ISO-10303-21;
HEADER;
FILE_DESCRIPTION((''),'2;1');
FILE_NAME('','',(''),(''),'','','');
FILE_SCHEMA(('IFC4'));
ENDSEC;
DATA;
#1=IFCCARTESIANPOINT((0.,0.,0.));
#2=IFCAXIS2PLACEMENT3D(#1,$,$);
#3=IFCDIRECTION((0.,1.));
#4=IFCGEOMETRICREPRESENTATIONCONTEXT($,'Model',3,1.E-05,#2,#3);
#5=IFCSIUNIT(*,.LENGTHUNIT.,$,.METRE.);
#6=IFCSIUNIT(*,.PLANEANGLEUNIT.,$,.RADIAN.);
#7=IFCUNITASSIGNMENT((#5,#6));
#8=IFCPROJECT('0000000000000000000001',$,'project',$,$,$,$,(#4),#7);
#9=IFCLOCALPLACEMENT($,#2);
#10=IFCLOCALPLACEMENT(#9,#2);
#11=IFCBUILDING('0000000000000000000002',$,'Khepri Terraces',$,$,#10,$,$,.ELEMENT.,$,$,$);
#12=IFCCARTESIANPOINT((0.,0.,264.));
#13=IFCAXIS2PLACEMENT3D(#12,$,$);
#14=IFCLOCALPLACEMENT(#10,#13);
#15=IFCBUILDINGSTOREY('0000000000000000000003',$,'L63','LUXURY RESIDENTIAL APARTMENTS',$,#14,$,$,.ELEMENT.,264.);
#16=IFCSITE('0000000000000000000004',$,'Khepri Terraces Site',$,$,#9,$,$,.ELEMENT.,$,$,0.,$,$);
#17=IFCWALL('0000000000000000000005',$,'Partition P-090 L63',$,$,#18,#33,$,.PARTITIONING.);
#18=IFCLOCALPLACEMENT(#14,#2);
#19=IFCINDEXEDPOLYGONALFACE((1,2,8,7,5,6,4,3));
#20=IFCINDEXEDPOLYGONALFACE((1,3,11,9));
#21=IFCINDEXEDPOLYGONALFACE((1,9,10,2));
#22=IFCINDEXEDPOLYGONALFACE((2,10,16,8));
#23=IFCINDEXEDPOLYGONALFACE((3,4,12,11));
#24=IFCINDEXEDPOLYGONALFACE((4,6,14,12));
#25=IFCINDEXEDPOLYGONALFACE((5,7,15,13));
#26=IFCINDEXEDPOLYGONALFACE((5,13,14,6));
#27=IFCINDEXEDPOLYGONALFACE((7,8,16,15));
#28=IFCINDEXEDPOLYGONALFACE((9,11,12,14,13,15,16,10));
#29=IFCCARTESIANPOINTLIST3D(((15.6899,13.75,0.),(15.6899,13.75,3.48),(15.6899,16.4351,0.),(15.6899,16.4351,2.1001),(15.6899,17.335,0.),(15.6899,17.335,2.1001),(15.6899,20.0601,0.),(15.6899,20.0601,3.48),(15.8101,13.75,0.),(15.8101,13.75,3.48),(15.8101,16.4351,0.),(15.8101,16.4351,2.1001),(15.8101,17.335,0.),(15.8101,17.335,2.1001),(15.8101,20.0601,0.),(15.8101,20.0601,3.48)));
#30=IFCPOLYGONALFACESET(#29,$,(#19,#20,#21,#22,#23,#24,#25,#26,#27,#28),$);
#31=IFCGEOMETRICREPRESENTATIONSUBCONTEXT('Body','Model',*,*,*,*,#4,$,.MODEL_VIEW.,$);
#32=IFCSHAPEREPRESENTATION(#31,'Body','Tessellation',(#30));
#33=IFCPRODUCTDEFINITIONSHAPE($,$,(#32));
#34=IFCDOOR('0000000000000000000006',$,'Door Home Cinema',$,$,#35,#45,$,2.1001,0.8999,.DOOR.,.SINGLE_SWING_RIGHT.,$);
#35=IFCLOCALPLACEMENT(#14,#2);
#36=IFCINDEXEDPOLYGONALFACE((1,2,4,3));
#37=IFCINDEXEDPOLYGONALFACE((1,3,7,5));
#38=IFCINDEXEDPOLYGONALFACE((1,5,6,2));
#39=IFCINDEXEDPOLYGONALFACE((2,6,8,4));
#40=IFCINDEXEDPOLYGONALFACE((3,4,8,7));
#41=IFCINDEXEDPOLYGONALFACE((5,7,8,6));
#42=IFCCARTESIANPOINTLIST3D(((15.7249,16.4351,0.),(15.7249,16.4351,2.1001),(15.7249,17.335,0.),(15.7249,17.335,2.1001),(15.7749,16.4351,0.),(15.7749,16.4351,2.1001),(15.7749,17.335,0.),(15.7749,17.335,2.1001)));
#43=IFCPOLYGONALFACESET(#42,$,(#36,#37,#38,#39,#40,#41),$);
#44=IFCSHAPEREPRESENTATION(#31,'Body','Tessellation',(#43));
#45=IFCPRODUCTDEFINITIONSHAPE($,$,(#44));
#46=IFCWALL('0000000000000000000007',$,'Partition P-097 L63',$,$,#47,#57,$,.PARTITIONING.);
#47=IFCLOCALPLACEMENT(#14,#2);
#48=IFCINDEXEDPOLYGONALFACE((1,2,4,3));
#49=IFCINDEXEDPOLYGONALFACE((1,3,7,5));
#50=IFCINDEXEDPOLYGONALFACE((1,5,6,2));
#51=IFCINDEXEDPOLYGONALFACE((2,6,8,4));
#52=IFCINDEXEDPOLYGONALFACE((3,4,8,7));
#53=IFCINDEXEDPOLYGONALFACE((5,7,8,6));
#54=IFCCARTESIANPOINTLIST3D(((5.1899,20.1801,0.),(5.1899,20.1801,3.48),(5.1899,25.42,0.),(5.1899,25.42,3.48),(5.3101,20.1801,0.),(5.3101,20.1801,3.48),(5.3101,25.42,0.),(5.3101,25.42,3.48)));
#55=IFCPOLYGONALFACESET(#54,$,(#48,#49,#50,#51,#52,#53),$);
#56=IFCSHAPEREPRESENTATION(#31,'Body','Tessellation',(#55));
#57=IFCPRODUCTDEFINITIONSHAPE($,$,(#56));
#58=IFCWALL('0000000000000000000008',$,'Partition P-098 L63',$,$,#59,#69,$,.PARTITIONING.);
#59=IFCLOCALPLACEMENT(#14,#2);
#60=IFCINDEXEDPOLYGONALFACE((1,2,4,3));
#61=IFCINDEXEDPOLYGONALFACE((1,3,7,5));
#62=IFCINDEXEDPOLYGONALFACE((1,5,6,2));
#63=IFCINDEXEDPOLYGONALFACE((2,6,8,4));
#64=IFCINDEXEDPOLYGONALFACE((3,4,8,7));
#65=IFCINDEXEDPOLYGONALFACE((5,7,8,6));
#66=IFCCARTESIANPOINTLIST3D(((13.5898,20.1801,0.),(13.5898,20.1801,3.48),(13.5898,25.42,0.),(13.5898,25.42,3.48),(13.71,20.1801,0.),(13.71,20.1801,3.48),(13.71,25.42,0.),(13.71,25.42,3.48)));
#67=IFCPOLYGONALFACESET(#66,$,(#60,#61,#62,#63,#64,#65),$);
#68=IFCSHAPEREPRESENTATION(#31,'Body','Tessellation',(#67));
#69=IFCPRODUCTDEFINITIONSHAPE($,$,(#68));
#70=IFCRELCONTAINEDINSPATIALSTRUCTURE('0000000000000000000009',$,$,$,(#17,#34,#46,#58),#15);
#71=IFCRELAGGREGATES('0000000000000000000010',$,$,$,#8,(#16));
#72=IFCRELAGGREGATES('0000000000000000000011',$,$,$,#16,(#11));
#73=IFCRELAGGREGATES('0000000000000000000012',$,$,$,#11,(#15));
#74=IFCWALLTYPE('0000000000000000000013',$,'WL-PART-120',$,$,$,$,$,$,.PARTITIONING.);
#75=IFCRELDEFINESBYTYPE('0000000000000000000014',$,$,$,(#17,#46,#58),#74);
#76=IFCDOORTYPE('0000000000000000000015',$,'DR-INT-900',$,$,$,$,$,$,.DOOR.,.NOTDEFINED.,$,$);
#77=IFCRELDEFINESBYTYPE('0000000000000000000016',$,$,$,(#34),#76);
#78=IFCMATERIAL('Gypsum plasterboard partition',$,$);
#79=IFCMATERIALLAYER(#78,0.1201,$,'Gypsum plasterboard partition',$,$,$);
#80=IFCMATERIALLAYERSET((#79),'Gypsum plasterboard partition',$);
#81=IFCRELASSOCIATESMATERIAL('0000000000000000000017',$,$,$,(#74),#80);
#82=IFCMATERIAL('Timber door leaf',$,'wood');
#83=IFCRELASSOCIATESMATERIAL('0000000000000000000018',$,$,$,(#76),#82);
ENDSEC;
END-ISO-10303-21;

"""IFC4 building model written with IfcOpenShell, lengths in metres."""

from ifc_helpers import new_model, si_unit, direction, frame, frame_2d, origin, place, context, subcontext, project, spatial, rectangle, extrude, material, layer, layer_set, type_object, element, fill, save


model = new_model("IFC4")

# Units and contexts
model_context = context("Model", 3, precision=1e-05, world=origin(), true_north=direction((0.0, 1.0)))
body_context = subcontext(model_context, "Body", "Model", "MODEL_VIEW")
ifc_project = project(units=[si_unit("LENGTHUNIT", "METRE"), si_unit("PLANEANGLEUNIT", "RADIAN")], contexts=[model_context])

# Site, building, storey
site_placement = place(None, origin())
site = spatial("IfcSite", under=ifc_project, at=site_placement, Name="Khepri Terraces Site", CompositionType="ELEMENT", RefElevation=0.0)
building_placement = place(site_placement, origin())
building = spatial("IfcBuilding", under=site, at=building_placement, Name="Khepri Terraces", CompositionType="ELEMENT")
storey_placement = place(building_placement, frame((0.0, 0.0, 264.0)))
storey = spatial("IfcBuildingStorey", under=building, at=storey_placement, Name="L63", Description="LUXURY RESIDENTIAL APARTMENTS", CompositionType="ELEMENT", Elevation=264.0)

# Shared definitions
ifc_material_1 = material(Name="Gypsum plasterboard partition")
ifc_layer_1 = layer(ifc_material_1, 0.1201, Name="Gypsum plasterboard partition")
ifc_layer_set_1 = layer_set([ifc_layer_1], Name="Gypsum plasterboard partition")
wall_type_1 = type_object("IfcWallType", Name="WL-PART-120", PredefinedType="PARTITIONING", material=ifc_layer_set_1)

# Wall, opening, door
wall_1_placement = place(storey_placement, frame((15.75, 13.75, 0.0), z_axis=(0.0, 0.0, 1.0), x_axis=(0.0, 1.0, 0.0)))
wall_1 = element("IfcWall", 1, at=wall_1_placement, inside=storey, type_object=wall_type_1, Name="Partition P-090 L63", PredefinedType="PARTITIONING", context=body_context, shape_type="SweptSolid", body=[
    extrude(rectangle(XDim=6.3101, YDim=0.1201, at=frame_2d((3.155, 0.0))), origin(), (0.0, 0.0, 1.0), 3.48),
])
opening_1_placement = place(wall_1_placement, frame((2.6851, 0.0, 0.0)))
opening_1 = element("IfcOpeningElement", 2, at=opening_1_placement, cuts=wall_1, PredefinedType="OPENING", context=body_context, shape_type="SweptSolid", body=[
    extrude(rectangle(XDim=0.8999, YDim=2.1001, at=frame_2d((0.45, 1.05))), frame((0.0, 0.0701, 0.0), z_axis=(0.0, -1.0, 0.0), x_axis=(1.0, 0.0, 0.0)), (0.0, 0.0, 1.0), 0.1401),
])
ifc_material_2 = material(Name="Timber door leaf", Category="wood")
door_type_1 = type_object("IfcDoorType", Name="DR-INT-900", OperationType="NOTDEFINED", PredefinedType="DOOR", material=ifc_material_2)
door_1_placement = place(opening_1_placement, frame((0.8999, 0.0, 0.0), z_axis=(0.0, 0.0, 1.0), x_axis=(-1.0, 0.0, 0.0)))
door_1 = element("IfcDoor", 3, at=door_1_placement, inside=storey, type_object=door_type_1, Name="Door Home Cinema", OperationType="SINGLE_SWING_RIGHT", OverallHeight=2.1001, OverallWidth=0.8999, PredefinedType="DOOR", context=body_context, shape_type="SweptSolid", body=[
    extrude(rectangle(XDim=0.8999, YDim=2.1001, at=frame_2d((0.45, 1.05))), frame((0.0, 0.0249, 0.0), z_axis=(0.0, -1.0, 0.0), x_axis=(1.0, 0.0, 0.0)), (0.0, 0.0, 1.0), 0.05),
])
fill(opening_1, door_1)

# Walls
for number, where, z_axis, x_axis, name in (
    (4, (5.25, 20.1799, 0.0), (0.0, 0.0, 1.0), (0.0, 1.0, 0.0), "Partition P-097 L63"),
    (5, (13.6499, 20.1799, 0.0), (0.0, 0.0, 1.0), (0.0, 1.0, 0.0), "Partition P-098 L63"),
):
    element("IfcWall", number, at=place(storey_placement, frame(where, z_axis=z_axis, x_axis=x_axis)), inside=storey, type_object=wall_type_1, Name=name, PredefinedType="PARTITIONING", context=body_context, shape_type="SweptSolid", body=[
        extrude(rectangle(XDim=5.24, YDim=0.1201, at=frame_2d((2.6201, 0.0))), origin(), (0.0, 0.0, 1.0), 3.48),
    ])

save(model, "model.ifc")
